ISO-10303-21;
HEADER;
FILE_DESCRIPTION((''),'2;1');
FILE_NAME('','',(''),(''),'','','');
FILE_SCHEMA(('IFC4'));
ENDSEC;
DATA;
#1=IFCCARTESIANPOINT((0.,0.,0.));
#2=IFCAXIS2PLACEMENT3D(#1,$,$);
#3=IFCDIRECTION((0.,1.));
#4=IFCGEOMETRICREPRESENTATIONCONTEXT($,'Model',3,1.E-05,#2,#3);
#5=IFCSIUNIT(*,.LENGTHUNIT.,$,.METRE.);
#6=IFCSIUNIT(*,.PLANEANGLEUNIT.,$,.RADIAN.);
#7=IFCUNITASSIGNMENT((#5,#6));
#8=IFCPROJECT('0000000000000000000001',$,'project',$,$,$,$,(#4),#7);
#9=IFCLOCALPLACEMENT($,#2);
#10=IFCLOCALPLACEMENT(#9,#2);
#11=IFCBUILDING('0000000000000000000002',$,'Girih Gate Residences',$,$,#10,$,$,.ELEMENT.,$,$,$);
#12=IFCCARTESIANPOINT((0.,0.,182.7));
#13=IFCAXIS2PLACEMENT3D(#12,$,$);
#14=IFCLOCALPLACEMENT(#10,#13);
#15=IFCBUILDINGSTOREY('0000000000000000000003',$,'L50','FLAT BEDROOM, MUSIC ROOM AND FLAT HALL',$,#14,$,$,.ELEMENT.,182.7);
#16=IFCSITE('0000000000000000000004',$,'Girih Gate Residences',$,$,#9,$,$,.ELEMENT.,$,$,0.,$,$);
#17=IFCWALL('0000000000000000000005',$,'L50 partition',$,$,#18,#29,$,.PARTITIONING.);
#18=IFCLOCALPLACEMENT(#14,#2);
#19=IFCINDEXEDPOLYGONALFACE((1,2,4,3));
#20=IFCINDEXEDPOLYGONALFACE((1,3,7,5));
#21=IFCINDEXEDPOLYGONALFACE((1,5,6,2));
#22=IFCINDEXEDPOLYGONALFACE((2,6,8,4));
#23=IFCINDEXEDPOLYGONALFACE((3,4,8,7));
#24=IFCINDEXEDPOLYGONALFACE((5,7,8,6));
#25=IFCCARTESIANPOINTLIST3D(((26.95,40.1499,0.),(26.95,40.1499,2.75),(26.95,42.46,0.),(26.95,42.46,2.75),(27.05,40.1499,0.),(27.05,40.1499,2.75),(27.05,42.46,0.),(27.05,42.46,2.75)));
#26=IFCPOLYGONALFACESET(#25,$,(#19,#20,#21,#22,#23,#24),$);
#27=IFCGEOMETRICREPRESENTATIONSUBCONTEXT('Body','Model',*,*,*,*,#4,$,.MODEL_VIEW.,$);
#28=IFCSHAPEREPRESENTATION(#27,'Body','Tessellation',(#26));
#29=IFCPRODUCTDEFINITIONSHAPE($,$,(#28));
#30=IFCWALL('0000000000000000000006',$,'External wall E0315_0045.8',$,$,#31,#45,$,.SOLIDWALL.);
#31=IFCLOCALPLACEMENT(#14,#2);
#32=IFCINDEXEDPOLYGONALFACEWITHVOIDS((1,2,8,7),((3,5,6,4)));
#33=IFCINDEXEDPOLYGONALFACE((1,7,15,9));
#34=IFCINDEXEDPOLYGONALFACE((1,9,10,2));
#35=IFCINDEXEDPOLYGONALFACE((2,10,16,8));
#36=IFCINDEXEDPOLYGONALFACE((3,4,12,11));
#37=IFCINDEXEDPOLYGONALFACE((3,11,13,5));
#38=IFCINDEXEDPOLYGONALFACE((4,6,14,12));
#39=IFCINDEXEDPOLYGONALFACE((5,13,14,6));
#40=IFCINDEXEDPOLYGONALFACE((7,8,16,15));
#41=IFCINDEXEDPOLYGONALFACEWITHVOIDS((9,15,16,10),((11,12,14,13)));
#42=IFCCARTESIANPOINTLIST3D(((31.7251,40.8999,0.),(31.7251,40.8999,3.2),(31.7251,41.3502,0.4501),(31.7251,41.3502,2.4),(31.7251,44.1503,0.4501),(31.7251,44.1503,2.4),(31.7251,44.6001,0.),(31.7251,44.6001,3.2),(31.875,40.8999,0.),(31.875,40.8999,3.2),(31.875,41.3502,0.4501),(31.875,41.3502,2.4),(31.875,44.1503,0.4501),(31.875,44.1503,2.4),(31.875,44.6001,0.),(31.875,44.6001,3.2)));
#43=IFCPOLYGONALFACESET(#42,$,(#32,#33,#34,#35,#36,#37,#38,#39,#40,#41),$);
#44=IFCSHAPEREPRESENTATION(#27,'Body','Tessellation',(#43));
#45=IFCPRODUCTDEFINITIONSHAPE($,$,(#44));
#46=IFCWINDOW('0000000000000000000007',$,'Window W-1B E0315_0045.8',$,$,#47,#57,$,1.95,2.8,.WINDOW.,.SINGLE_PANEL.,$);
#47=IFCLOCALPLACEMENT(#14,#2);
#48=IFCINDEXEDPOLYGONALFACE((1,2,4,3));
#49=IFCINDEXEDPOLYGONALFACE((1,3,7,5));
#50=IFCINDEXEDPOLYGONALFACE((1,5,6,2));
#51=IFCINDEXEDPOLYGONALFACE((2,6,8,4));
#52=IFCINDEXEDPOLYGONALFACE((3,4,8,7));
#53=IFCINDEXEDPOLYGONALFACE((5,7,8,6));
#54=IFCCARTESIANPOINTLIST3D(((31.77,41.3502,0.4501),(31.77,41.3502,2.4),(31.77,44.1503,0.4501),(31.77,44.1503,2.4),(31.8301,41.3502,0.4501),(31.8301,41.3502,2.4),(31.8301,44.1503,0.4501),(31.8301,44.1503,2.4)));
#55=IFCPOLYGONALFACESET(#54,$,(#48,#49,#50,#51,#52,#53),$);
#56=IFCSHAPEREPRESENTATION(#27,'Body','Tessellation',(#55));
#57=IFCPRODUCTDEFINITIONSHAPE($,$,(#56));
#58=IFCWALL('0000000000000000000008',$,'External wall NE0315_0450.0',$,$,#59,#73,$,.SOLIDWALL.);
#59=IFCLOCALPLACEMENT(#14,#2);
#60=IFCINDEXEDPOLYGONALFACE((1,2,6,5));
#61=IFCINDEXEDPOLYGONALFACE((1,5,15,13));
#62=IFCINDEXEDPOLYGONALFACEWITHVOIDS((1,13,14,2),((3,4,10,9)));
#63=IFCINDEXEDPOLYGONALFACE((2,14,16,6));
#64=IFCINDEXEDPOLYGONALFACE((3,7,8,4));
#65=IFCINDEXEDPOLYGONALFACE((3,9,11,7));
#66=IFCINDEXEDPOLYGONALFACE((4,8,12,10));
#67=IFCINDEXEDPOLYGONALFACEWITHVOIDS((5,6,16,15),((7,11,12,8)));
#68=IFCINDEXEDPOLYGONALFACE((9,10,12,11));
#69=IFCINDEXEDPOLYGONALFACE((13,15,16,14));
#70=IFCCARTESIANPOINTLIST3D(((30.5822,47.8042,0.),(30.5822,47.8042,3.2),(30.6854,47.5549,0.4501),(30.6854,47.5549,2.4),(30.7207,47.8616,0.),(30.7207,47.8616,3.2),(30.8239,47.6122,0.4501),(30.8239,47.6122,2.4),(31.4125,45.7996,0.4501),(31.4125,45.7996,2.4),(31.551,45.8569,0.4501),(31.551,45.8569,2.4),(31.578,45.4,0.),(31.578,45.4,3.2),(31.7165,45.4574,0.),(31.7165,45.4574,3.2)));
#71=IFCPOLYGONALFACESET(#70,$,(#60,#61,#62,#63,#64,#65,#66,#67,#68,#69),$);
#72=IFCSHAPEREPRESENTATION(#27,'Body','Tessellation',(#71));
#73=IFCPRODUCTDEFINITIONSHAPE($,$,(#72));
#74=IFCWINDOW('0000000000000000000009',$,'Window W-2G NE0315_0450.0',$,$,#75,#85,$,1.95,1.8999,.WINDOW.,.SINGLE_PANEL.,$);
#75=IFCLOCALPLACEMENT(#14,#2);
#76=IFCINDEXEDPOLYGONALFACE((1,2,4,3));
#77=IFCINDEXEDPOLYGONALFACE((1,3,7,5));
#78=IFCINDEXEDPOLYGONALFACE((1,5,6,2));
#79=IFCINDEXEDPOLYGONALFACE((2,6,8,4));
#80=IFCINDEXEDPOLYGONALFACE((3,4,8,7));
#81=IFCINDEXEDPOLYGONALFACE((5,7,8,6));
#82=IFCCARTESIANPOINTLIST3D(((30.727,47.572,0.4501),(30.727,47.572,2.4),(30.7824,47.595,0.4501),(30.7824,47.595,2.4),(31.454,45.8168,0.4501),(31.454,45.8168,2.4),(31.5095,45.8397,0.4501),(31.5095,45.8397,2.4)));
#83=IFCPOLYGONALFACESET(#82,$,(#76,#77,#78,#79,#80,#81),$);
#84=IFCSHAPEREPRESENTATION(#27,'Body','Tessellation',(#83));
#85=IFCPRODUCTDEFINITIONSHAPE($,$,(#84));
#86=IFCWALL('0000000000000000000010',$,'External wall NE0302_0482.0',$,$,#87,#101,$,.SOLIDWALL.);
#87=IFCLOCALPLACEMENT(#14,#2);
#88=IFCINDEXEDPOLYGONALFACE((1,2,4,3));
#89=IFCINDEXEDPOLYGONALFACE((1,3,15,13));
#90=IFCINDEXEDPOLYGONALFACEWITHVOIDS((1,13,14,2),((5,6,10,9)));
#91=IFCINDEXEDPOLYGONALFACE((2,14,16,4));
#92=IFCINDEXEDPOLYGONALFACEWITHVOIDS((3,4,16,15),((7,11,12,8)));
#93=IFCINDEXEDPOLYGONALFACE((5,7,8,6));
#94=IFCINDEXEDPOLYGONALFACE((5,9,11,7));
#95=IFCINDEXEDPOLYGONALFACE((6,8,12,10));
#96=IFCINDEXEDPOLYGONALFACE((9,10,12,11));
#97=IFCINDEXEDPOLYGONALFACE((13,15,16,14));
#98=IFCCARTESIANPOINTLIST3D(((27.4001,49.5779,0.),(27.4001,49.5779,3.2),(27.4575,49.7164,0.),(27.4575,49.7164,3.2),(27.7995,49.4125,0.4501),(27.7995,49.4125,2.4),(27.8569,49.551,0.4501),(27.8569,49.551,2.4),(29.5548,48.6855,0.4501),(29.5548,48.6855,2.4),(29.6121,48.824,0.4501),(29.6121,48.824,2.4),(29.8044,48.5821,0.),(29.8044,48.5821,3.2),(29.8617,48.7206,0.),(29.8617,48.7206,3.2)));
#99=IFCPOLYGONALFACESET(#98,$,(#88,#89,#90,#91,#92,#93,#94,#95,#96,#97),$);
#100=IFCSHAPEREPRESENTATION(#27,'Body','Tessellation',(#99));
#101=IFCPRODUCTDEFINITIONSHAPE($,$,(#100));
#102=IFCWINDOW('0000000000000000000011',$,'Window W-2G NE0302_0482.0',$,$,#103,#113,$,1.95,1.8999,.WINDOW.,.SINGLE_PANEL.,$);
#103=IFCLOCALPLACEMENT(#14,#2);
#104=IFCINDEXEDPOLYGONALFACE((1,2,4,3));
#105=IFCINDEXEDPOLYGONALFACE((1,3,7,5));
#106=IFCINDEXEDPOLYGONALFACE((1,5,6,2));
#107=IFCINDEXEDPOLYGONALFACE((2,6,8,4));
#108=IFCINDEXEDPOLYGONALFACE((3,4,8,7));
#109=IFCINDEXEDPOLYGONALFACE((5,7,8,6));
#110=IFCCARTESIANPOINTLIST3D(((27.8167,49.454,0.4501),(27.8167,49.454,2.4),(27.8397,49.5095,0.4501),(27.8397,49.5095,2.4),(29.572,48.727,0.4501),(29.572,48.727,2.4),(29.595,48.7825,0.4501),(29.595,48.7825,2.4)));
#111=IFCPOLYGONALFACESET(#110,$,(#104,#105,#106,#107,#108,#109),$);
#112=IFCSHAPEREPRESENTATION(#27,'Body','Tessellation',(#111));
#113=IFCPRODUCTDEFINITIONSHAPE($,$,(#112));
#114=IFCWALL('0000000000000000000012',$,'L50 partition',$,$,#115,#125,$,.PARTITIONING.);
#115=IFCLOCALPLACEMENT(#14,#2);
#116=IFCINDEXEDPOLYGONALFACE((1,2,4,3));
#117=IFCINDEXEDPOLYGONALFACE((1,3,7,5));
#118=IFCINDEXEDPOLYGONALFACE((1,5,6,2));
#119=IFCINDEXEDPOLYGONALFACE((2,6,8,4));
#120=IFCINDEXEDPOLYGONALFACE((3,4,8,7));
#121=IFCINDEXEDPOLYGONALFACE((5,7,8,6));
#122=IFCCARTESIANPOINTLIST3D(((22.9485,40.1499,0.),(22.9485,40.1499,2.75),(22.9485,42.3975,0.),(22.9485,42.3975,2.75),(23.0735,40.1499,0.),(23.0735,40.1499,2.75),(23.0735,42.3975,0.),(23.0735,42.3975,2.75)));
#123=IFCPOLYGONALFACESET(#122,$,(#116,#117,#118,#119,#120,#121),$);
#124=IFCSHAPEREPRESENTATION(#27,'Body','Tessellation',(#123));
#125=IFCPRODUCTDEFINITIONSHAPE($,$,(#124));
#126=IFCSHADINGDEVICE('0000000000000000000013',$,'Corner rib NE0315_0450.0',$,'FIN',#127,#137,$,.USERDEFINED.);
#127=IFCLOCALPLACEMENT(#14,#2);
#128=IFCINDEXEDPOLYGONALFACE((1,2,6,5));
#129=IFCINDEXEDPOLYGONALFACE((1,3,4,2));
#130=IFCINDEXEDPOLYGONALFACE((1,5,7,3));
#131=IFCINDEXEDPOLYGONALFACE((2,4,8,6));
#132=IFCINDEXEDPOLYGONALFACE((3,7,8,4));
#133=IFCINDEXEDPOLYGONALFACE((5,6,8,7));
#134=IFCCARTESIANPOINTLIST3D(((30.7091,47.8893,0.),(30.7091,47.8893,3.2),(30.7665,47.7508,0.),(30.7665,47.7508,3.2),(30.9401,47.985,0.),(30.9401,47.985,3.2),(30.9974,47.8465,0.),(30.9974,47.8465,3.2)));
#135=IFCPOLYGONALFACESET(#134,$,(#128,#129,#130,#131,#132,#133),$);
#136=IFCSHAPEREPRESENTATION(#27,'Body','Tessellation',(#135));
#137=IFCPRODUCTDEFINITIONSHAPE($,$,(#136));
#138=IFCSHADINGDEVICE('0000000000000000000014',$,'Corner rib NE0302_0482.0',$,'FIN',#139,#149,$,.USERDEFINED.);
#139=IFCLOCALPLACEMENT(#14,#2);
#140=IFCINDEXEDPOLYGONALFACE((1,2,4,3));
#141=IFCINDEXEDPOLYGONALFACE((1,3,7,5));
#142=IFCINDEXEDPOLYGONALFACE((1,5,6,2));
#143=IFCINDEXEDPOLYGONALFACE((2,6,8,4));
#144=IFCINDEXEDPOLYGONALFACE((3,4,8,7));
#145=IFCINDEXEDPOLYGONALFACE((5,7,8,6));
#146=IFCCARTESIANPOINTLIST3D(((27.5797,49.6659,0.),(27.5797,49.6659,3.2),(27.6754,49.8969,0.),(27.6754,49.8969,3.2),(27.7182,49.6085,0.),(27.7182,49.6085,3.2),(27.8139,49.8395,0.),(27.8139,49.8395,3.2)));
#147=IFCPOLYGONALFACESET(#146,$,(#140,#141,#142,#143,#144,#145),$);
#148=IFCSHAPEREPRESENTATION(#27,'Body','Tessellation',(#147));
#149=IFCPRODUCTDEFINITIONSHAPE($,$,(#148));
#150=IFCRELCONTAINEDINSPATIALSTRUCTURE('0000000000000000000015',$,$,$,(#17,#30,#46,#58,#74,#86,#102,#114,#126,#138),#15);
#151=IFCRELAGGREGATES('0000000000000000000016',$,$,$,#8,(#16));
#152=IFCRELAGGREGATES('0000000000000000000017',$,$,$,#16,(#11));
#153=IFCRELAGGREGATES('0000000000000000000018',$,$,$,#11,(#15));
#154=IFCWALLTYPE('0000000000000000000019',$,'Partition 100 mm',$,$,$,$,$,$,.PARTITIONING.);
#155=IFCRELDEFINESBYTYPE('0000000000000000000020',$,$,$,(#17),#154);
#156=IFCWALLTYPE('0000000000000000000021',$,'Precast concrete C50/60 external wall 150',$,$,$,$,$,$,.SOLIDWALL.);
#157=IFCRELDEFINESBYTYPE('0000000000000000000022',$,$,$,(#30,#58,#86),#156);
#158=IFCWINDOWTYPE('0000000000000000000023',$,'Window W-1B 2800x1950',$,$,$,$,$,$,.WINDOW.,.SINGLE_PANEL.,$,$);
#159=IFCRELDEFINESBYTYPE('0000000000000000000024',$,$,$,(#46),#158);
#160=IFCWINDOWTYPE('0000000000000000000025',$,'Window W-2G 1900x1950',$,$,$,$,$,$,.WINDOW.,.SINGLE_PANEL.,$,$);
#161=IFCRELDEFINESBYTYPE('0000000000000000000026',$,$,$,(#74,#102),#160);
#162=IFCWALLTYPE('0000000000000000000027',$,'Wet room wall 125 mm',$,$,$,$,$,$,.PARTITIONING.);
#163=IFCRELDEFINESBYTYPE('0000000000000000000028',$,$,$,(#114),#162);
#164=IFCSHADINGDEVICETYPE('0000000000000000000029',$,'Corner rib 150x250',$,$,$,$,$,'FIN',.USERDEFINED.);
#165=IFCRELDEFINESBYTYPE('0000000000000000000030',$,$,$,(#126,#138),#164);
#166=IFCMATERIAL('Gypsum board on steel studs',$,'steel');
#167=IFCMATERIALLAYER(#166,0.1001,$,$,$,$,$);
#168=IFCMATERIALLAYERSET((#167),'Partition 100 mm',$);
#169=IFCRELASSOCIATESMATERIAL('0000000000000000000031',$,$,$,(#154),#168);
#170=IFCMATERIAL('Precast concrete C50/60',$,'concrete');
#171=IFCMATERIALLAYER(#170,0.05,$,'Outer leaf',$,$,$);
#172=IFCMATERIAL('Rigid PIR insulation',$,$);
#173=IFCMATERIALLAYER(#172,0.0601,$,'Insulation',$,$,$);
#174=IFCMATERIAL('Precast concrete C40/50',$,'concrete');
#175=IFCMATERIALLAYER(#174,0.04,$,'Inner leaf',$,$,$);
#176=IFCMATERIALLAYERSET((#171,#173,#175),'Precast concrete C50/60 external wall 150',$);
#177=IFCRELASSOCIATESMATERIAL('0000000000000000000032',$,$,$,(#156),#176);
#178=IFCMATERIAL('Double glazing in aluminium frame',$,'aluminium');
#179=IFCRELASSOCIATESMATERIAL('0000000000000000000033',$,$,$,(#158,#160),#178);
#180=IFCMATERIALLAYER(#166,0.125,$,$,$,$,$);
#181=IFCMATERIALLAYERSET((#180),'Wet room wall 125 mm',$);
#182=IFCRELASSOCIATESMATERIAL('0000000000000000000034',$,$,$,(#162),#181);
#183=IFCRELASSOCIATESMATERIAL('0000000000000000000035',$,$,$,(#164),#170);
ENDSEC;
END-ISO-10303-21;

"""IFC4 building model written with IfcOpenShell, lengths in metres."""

from ifc_helpers import new_model, si_unit, direction, frame, frame_2d, origin, origin_2d, place, context, subcontext, project, spatial, rectangle, extrude, material, layer, layer_set, type_object, element, fill, save


model = new_model("IFC4")

# Units and contexts
model_context = context("Model", 3, precision=1e-05, world=origin(), true_north=direction((0.0, 1.0)))
body_context = subcontext(model_context, "Body", "Model", "MODEL_VIEW")
ifc_project = project(units=[si_unit("LENGTHUNIT", "METRE"), si_unit("PLANEANGLEUNIT", "RADIAN")], contexts=[model_context])

# Site, building, storey
site_placement = place(None, origin())
site = spatial("IfcSite", under=ifc_project, at=site_placement, Name="Girih Gate Residences", CompositionType="ELEMENT", RefElevation=0.0)
building_placement = place(site_placement, origin())
building = spatial("IfcBuilding", under=site, at=building_placement, Name="Girih Gate Residences", CompositionType="ELEMENT")
storey_placement = place(building_placement, frame((0.0, 0.0, 182.7)))
storey = spatial("IfcBuildingStorey", under=building, at=storey_placement, Name="L50", Description="FLAT BEDROOM, MUSIC ROOM AND FLAT HALL", CompositionType="ELEMENT", Elevation=182.7)

# Shared definitions
ifc_material_1 = material(Name="Gypsum board on steel studs", Category="steel")
ifc_layer_1 = layer(ifc_material_1, 0.1001)
ifc_layer_set_1 = layer_set([ifc_layer_1], Name="Partition 100 mm")
wall_type_1 = type_object("IfcWallType", Name="Partition 100 mm", PredefinedType="PARTITIONING", material=ifc_layer_set_1)

# Wall
wall_1_placement = place(storey_placement, frame((27.0, 40.1499, 0.0), z_axis=(0.0, 0.0, 1.0), x_axis=(0.0, 1.0, 0.0)))
element("IfcWall", 1, at=wall_1_placement, inside=storey, type_object=wall_type_1, Name="L50 partition", PredefinedType="PARTITIONING", context=body_context, shape_type="SweptSolid", body=[
    extrude(rectangle(XDim=2.3101, YDim=0.1001, at=frame_2d((1.155, 0.0))), origin(), (0.0, 0.0, 1.0), 2.75),
])

# Walls, openings, windows
ifc_material_2 = material(Name="Precast concrete C50/60", Category="concrete")
ifc_layer_2 = layer(ifc_material_2, 0.05, Name="Outer leaf")
ifc_material_3 = material(Name="Rigid PIR insulation")
ifc_layer_3 = layer(ifc_material_3, 0.0601, Name="Insulation")
ifc_material_4 = material(Name="Precast concrete C40/50", Category="concrete")
ifc_layer_4 = layer(ifc_material_4, 0.04, Name="Inner leaf")
ifc_layer_set_2 = layer_set([ifc_layer_2, ifc_layer_3, ifc_layer_4], Name="Precast concrete C50/60 external wall 150")
wall_type_2 = type_object("IfcWallType", Name="Precast concrete C50/60 external wall 150", PredefinedType="SOLIDWALL", material=ifc_layer_set_2)
wall_2_placement = place(storey_placement, frame((31.8, 44.6001, 0.0), z_axis=(0.0, 0.0, 1.0), x_axis=(0.0, -1.0, 0.0)))
wall_2 = element("IfcWall", 2, at=wall_2_placement, inside=storey, type_object=wall_type_2, Name="External wall E0315_0045.8", PredefinedType="SOLIDWALL", context=body_context, shape_type="SweptSolid", body=[
    extrude(rectangle(XDim=3.7002, YDim=0.1499, at=frame_2d((1.8501, 0.0))), origin(), (0.0, 0.0, 1.0), 3.2),
])
opening_1_placement = place(wall_2_placement, frame((0.45, 0.0, 0.45)))
opening_1 = element("IfcOpeningElement", 3, at=opening_1_placement, cuts=wall_2, PredefinedType="OPENING", context=body_context, shape_type="SweptSolid", body=[
    extrude(rectangle(XDim=2.8, YDim=1.95, at=frame_2d((1.3999, 0.9751))), frame((0.0, 0.085, 0.0), z_axis=(0.0, -1.0, 0.0), x_axis=(1.0, 0.0, 0.0)), (0.0, 0.0, 1.0), 0.1699),
])
ifc_material_5 = material(Name="Double glazing in aluminium frame", Category="aluminium")
window_type_1 = type_object("IfcWindowType", Name="Window W-1B 2800x1950", PartitioningType="SINGLE_PANEL", PredefinedType="WINDOW", material=ifc_material_5)
window_1_placement = place(opening_1_placement, origin())
window_1 = element("IfcWindow", 4, at=window_1_placement, inside=storey, type_object=window_type_1, Name="Window W-1B E0315_0045.8", OverallHeight=1.95, OverallWidth=2.8, PartitioningType="SINGLE_PANEL", PredefinedType="WINDOW", context=body_context, shape_type="SweptSolid", body=[
    extrude(rectangle(XDim=2.8, YDim=1.95, at=frame_2d((1.3999, 0.9751))), frame((0.0, 0.03, 0.0), z_axis=(0.0, -1.0, 0.0), x_axis=(1.0, 0.0, 0.0)), (0.0, 0.0, 1.0), 0.0601),
])
fill(opening_1, window_1)
wall_3_placement = place(storey_placement, frame((30.6514, 47.833, 0.0), z_axis=(0.0, 0.0, 1.0), x_axis=(0.382669, -0.923885, 0.0)))
wall_3 = element("IfcWall", 5, at=wall_3_placement, inside=storey, type_object=wall_type_2, Name="External wall NE0315_0450.0", PredefinedType="SOLIDWALL", context=body_context, shape_type="SweptSolid", body=[
    extrude(rectangle(XDim=2.6023, YDim=0.1499, at=frame_2d((1.3013, 0.0))), origin(), (0.0, 0.0, 1.0), 3.2),
])
opening_2_placement = place(wall_3_placement, frame((0.27, 0.0, 0.45)))
opening_2 = element("IfcOpeningElement", 6, at=opening_2_placement, cuts=wall_3, PredefinedType="OPENING", context=body_context, shape_type="SweptSolid", body=[
    extrude(rectangle(XDim=1.8999, YDim=1.95, at=frame_2d((0.95, 0.9751))), frame((0.0, 0.085, 0.0), z_axis=(0.0, -1.0, 0.0), x_axis=(1.0, 0.0, 0.0)), (0.0, 0.0, 1.0), 0.1699),
])
window_type_2 = type_object("IfcWindowType", Name="Window W-2G 1900x1950", PartitioningType="SINGLE_PANEL", PredefinedType="WINDOW", material=ifc_material_5)
window_2_placement = place(opening_2_placement, origin())
window_2 = element("IfcWindow", 7, at=window_2_placement, inside=storey, type_object=window_type_2, Name="Window W-2G NE0315_0450.0", OverallHeight=1.95, OverallWidth=1.8999, PartitioningType="SINGLE_PANEL", PredefinedType="WINDOW", context=body_context, shape_type="SweptSolid", body=[
    extrude(rectangle(XDim=1.8999, YDim=1.95, at=frame_2d((0.95, 0.9751))), frame((0.0, 0.03, 0.0), z_axis=(0.0, -1.0, 0.0), x_axis=(1.0, 0.0, 0.0)), (0.0, 0.0, 1.0), 0.0601),
])
fill(opening_2, window_2)
wall_4_placement = place(storey_placement, frame((27.4287, 49.6472, 0.0), z_axis=(0.0, 0.0, 1.0), x_axis=(0.923885, -0.382669, 0.0)))
wall_4 = element("IfcWall", 8, at=wall_4_placement, inside=storey, type_object=wall_type_2, Name="External wall NE0302_0482.0", PredefinedType="SOLIDWALL", context=body_context, shape_type="SweptSolid", body=[
    extrude(rectangle(XDim=2.6023, YDim=0.1499, at=frame_2d((1.3013, 0.0))), origin(), (0.0, 0.0, 1.0), 3.2),
])
opening_3_placement = place(wall_4_placement, frame((0.4324, 0.0, 0.45)))
opening_3 = element("IfcOpeningElement", 9, at=opening_3_placement, cuts=wall_4, PredefinedType="OPENING", context=body_context, shape_type="SweptSolid", body=[
    extrude(rectangle(XDim=1.8999, YDim=1.95, at=frame_2d((0.95, 0.9751))), frame((0.0, 0.085, 0.0), z_axis=(0.0, -1.0, 0.0), x_axis=(1.0, 0.0, 0.0)), (0.0, 0.0, 1.0), 0.1699),
])
window_3_placement = place(opening_3_placement, origin())
window_3 = element("IfcWindow", 10, at=window_3_placement, inside=storey, type_object=window_type_2, Name="Window W-2G NE0302_0482.0", OverallHeight=1.95, OverallWidth=1.8999, PartitioningType="SINGLE_PANEL", PredefinedType="WINDOW", context=body_context, shape_type="SweptSolid", body=[
    extrude(rectangle(XDim=1.8999, YDim=1.95, at=frame_2d((0.95, 0.9751))), frame((0.0, 0.03, 0.0), z_axis=(0.0, -1.0, 0.0), x_axis=(1.0, 0.0, 0.0)), (0.0, 0.0, 1.0), 0.0601),
])
fill(opening_3, window_3)

# Wall
ifc_layer_5 = layer(ifc_material_1, 0.125)
ifc_layer_set_3 = layer_set([ifc_layer_5], Name="Wet room wall 125 mm")
wall_type_3 = type_object("IfcWallType", Name="Wet room wall 125 mm", PredefinedType="PARTITIONING", material=ifc_layer_set_3)
wall_5_placement = place(storey_placement, frame((23.011, 40.1499, 0.0), z_axis=(0.0, 0.0, 1.0), x_axis=(0.0, 1.0, 0.0)))
element("IfcWall", 11, at=wall_5_placement, inside=storey, type_object=wall_type_3, Name="L50 partition", PredefinedType="PARTITIONING", context=body_context, shape_type="SweptSolid", body=[
    extrude(rectangle(XDim=2.2476, YDim=0.125, at=frame_2d((1.1238, 0.0))), origin(), (0.0, 0.0, 1.0), 2.75),
])

# Shading devices
shading_device_type = type_object("IfcShadingDeviceType", Name="Corner rib 150x250", ElementType="FIN", PredefinedType="USERDEFINED", material=ifc_material_2)
for number, where, z_axis, x_axis, name in (
    (12, (30.8533, 47.8679, 0.0), (0.0, 0.0, 1.0), (-0.382683, 0.92388, 0.0), "Corner rib NE0315_0450.0"),
    (13, (27.6968, 49.7527, 0.0), (0.0, 0.0, 1.0), (-0.92388, 0.382683, 0.0), "Corner rib NE0302_0482.0"),
):
    element("IfcShadingDevice", number, at=place(storey_placement, frame(where, z_axis=z_axis, x_axis=x_axis)), inside=storey, type_object=shading_device_type, Name=name, ObjectType="FIN", PredefinedType="USERDEFINED", context=body_context, shape_type="SweptSolid", body=[
        extrude(rectangle(XDim=0.1499, YDim=0.25, at=origin_2d()), origin(), (0.0, 0.0, 1.0), 3.2),
    ])

save(model, "model.ifc")
